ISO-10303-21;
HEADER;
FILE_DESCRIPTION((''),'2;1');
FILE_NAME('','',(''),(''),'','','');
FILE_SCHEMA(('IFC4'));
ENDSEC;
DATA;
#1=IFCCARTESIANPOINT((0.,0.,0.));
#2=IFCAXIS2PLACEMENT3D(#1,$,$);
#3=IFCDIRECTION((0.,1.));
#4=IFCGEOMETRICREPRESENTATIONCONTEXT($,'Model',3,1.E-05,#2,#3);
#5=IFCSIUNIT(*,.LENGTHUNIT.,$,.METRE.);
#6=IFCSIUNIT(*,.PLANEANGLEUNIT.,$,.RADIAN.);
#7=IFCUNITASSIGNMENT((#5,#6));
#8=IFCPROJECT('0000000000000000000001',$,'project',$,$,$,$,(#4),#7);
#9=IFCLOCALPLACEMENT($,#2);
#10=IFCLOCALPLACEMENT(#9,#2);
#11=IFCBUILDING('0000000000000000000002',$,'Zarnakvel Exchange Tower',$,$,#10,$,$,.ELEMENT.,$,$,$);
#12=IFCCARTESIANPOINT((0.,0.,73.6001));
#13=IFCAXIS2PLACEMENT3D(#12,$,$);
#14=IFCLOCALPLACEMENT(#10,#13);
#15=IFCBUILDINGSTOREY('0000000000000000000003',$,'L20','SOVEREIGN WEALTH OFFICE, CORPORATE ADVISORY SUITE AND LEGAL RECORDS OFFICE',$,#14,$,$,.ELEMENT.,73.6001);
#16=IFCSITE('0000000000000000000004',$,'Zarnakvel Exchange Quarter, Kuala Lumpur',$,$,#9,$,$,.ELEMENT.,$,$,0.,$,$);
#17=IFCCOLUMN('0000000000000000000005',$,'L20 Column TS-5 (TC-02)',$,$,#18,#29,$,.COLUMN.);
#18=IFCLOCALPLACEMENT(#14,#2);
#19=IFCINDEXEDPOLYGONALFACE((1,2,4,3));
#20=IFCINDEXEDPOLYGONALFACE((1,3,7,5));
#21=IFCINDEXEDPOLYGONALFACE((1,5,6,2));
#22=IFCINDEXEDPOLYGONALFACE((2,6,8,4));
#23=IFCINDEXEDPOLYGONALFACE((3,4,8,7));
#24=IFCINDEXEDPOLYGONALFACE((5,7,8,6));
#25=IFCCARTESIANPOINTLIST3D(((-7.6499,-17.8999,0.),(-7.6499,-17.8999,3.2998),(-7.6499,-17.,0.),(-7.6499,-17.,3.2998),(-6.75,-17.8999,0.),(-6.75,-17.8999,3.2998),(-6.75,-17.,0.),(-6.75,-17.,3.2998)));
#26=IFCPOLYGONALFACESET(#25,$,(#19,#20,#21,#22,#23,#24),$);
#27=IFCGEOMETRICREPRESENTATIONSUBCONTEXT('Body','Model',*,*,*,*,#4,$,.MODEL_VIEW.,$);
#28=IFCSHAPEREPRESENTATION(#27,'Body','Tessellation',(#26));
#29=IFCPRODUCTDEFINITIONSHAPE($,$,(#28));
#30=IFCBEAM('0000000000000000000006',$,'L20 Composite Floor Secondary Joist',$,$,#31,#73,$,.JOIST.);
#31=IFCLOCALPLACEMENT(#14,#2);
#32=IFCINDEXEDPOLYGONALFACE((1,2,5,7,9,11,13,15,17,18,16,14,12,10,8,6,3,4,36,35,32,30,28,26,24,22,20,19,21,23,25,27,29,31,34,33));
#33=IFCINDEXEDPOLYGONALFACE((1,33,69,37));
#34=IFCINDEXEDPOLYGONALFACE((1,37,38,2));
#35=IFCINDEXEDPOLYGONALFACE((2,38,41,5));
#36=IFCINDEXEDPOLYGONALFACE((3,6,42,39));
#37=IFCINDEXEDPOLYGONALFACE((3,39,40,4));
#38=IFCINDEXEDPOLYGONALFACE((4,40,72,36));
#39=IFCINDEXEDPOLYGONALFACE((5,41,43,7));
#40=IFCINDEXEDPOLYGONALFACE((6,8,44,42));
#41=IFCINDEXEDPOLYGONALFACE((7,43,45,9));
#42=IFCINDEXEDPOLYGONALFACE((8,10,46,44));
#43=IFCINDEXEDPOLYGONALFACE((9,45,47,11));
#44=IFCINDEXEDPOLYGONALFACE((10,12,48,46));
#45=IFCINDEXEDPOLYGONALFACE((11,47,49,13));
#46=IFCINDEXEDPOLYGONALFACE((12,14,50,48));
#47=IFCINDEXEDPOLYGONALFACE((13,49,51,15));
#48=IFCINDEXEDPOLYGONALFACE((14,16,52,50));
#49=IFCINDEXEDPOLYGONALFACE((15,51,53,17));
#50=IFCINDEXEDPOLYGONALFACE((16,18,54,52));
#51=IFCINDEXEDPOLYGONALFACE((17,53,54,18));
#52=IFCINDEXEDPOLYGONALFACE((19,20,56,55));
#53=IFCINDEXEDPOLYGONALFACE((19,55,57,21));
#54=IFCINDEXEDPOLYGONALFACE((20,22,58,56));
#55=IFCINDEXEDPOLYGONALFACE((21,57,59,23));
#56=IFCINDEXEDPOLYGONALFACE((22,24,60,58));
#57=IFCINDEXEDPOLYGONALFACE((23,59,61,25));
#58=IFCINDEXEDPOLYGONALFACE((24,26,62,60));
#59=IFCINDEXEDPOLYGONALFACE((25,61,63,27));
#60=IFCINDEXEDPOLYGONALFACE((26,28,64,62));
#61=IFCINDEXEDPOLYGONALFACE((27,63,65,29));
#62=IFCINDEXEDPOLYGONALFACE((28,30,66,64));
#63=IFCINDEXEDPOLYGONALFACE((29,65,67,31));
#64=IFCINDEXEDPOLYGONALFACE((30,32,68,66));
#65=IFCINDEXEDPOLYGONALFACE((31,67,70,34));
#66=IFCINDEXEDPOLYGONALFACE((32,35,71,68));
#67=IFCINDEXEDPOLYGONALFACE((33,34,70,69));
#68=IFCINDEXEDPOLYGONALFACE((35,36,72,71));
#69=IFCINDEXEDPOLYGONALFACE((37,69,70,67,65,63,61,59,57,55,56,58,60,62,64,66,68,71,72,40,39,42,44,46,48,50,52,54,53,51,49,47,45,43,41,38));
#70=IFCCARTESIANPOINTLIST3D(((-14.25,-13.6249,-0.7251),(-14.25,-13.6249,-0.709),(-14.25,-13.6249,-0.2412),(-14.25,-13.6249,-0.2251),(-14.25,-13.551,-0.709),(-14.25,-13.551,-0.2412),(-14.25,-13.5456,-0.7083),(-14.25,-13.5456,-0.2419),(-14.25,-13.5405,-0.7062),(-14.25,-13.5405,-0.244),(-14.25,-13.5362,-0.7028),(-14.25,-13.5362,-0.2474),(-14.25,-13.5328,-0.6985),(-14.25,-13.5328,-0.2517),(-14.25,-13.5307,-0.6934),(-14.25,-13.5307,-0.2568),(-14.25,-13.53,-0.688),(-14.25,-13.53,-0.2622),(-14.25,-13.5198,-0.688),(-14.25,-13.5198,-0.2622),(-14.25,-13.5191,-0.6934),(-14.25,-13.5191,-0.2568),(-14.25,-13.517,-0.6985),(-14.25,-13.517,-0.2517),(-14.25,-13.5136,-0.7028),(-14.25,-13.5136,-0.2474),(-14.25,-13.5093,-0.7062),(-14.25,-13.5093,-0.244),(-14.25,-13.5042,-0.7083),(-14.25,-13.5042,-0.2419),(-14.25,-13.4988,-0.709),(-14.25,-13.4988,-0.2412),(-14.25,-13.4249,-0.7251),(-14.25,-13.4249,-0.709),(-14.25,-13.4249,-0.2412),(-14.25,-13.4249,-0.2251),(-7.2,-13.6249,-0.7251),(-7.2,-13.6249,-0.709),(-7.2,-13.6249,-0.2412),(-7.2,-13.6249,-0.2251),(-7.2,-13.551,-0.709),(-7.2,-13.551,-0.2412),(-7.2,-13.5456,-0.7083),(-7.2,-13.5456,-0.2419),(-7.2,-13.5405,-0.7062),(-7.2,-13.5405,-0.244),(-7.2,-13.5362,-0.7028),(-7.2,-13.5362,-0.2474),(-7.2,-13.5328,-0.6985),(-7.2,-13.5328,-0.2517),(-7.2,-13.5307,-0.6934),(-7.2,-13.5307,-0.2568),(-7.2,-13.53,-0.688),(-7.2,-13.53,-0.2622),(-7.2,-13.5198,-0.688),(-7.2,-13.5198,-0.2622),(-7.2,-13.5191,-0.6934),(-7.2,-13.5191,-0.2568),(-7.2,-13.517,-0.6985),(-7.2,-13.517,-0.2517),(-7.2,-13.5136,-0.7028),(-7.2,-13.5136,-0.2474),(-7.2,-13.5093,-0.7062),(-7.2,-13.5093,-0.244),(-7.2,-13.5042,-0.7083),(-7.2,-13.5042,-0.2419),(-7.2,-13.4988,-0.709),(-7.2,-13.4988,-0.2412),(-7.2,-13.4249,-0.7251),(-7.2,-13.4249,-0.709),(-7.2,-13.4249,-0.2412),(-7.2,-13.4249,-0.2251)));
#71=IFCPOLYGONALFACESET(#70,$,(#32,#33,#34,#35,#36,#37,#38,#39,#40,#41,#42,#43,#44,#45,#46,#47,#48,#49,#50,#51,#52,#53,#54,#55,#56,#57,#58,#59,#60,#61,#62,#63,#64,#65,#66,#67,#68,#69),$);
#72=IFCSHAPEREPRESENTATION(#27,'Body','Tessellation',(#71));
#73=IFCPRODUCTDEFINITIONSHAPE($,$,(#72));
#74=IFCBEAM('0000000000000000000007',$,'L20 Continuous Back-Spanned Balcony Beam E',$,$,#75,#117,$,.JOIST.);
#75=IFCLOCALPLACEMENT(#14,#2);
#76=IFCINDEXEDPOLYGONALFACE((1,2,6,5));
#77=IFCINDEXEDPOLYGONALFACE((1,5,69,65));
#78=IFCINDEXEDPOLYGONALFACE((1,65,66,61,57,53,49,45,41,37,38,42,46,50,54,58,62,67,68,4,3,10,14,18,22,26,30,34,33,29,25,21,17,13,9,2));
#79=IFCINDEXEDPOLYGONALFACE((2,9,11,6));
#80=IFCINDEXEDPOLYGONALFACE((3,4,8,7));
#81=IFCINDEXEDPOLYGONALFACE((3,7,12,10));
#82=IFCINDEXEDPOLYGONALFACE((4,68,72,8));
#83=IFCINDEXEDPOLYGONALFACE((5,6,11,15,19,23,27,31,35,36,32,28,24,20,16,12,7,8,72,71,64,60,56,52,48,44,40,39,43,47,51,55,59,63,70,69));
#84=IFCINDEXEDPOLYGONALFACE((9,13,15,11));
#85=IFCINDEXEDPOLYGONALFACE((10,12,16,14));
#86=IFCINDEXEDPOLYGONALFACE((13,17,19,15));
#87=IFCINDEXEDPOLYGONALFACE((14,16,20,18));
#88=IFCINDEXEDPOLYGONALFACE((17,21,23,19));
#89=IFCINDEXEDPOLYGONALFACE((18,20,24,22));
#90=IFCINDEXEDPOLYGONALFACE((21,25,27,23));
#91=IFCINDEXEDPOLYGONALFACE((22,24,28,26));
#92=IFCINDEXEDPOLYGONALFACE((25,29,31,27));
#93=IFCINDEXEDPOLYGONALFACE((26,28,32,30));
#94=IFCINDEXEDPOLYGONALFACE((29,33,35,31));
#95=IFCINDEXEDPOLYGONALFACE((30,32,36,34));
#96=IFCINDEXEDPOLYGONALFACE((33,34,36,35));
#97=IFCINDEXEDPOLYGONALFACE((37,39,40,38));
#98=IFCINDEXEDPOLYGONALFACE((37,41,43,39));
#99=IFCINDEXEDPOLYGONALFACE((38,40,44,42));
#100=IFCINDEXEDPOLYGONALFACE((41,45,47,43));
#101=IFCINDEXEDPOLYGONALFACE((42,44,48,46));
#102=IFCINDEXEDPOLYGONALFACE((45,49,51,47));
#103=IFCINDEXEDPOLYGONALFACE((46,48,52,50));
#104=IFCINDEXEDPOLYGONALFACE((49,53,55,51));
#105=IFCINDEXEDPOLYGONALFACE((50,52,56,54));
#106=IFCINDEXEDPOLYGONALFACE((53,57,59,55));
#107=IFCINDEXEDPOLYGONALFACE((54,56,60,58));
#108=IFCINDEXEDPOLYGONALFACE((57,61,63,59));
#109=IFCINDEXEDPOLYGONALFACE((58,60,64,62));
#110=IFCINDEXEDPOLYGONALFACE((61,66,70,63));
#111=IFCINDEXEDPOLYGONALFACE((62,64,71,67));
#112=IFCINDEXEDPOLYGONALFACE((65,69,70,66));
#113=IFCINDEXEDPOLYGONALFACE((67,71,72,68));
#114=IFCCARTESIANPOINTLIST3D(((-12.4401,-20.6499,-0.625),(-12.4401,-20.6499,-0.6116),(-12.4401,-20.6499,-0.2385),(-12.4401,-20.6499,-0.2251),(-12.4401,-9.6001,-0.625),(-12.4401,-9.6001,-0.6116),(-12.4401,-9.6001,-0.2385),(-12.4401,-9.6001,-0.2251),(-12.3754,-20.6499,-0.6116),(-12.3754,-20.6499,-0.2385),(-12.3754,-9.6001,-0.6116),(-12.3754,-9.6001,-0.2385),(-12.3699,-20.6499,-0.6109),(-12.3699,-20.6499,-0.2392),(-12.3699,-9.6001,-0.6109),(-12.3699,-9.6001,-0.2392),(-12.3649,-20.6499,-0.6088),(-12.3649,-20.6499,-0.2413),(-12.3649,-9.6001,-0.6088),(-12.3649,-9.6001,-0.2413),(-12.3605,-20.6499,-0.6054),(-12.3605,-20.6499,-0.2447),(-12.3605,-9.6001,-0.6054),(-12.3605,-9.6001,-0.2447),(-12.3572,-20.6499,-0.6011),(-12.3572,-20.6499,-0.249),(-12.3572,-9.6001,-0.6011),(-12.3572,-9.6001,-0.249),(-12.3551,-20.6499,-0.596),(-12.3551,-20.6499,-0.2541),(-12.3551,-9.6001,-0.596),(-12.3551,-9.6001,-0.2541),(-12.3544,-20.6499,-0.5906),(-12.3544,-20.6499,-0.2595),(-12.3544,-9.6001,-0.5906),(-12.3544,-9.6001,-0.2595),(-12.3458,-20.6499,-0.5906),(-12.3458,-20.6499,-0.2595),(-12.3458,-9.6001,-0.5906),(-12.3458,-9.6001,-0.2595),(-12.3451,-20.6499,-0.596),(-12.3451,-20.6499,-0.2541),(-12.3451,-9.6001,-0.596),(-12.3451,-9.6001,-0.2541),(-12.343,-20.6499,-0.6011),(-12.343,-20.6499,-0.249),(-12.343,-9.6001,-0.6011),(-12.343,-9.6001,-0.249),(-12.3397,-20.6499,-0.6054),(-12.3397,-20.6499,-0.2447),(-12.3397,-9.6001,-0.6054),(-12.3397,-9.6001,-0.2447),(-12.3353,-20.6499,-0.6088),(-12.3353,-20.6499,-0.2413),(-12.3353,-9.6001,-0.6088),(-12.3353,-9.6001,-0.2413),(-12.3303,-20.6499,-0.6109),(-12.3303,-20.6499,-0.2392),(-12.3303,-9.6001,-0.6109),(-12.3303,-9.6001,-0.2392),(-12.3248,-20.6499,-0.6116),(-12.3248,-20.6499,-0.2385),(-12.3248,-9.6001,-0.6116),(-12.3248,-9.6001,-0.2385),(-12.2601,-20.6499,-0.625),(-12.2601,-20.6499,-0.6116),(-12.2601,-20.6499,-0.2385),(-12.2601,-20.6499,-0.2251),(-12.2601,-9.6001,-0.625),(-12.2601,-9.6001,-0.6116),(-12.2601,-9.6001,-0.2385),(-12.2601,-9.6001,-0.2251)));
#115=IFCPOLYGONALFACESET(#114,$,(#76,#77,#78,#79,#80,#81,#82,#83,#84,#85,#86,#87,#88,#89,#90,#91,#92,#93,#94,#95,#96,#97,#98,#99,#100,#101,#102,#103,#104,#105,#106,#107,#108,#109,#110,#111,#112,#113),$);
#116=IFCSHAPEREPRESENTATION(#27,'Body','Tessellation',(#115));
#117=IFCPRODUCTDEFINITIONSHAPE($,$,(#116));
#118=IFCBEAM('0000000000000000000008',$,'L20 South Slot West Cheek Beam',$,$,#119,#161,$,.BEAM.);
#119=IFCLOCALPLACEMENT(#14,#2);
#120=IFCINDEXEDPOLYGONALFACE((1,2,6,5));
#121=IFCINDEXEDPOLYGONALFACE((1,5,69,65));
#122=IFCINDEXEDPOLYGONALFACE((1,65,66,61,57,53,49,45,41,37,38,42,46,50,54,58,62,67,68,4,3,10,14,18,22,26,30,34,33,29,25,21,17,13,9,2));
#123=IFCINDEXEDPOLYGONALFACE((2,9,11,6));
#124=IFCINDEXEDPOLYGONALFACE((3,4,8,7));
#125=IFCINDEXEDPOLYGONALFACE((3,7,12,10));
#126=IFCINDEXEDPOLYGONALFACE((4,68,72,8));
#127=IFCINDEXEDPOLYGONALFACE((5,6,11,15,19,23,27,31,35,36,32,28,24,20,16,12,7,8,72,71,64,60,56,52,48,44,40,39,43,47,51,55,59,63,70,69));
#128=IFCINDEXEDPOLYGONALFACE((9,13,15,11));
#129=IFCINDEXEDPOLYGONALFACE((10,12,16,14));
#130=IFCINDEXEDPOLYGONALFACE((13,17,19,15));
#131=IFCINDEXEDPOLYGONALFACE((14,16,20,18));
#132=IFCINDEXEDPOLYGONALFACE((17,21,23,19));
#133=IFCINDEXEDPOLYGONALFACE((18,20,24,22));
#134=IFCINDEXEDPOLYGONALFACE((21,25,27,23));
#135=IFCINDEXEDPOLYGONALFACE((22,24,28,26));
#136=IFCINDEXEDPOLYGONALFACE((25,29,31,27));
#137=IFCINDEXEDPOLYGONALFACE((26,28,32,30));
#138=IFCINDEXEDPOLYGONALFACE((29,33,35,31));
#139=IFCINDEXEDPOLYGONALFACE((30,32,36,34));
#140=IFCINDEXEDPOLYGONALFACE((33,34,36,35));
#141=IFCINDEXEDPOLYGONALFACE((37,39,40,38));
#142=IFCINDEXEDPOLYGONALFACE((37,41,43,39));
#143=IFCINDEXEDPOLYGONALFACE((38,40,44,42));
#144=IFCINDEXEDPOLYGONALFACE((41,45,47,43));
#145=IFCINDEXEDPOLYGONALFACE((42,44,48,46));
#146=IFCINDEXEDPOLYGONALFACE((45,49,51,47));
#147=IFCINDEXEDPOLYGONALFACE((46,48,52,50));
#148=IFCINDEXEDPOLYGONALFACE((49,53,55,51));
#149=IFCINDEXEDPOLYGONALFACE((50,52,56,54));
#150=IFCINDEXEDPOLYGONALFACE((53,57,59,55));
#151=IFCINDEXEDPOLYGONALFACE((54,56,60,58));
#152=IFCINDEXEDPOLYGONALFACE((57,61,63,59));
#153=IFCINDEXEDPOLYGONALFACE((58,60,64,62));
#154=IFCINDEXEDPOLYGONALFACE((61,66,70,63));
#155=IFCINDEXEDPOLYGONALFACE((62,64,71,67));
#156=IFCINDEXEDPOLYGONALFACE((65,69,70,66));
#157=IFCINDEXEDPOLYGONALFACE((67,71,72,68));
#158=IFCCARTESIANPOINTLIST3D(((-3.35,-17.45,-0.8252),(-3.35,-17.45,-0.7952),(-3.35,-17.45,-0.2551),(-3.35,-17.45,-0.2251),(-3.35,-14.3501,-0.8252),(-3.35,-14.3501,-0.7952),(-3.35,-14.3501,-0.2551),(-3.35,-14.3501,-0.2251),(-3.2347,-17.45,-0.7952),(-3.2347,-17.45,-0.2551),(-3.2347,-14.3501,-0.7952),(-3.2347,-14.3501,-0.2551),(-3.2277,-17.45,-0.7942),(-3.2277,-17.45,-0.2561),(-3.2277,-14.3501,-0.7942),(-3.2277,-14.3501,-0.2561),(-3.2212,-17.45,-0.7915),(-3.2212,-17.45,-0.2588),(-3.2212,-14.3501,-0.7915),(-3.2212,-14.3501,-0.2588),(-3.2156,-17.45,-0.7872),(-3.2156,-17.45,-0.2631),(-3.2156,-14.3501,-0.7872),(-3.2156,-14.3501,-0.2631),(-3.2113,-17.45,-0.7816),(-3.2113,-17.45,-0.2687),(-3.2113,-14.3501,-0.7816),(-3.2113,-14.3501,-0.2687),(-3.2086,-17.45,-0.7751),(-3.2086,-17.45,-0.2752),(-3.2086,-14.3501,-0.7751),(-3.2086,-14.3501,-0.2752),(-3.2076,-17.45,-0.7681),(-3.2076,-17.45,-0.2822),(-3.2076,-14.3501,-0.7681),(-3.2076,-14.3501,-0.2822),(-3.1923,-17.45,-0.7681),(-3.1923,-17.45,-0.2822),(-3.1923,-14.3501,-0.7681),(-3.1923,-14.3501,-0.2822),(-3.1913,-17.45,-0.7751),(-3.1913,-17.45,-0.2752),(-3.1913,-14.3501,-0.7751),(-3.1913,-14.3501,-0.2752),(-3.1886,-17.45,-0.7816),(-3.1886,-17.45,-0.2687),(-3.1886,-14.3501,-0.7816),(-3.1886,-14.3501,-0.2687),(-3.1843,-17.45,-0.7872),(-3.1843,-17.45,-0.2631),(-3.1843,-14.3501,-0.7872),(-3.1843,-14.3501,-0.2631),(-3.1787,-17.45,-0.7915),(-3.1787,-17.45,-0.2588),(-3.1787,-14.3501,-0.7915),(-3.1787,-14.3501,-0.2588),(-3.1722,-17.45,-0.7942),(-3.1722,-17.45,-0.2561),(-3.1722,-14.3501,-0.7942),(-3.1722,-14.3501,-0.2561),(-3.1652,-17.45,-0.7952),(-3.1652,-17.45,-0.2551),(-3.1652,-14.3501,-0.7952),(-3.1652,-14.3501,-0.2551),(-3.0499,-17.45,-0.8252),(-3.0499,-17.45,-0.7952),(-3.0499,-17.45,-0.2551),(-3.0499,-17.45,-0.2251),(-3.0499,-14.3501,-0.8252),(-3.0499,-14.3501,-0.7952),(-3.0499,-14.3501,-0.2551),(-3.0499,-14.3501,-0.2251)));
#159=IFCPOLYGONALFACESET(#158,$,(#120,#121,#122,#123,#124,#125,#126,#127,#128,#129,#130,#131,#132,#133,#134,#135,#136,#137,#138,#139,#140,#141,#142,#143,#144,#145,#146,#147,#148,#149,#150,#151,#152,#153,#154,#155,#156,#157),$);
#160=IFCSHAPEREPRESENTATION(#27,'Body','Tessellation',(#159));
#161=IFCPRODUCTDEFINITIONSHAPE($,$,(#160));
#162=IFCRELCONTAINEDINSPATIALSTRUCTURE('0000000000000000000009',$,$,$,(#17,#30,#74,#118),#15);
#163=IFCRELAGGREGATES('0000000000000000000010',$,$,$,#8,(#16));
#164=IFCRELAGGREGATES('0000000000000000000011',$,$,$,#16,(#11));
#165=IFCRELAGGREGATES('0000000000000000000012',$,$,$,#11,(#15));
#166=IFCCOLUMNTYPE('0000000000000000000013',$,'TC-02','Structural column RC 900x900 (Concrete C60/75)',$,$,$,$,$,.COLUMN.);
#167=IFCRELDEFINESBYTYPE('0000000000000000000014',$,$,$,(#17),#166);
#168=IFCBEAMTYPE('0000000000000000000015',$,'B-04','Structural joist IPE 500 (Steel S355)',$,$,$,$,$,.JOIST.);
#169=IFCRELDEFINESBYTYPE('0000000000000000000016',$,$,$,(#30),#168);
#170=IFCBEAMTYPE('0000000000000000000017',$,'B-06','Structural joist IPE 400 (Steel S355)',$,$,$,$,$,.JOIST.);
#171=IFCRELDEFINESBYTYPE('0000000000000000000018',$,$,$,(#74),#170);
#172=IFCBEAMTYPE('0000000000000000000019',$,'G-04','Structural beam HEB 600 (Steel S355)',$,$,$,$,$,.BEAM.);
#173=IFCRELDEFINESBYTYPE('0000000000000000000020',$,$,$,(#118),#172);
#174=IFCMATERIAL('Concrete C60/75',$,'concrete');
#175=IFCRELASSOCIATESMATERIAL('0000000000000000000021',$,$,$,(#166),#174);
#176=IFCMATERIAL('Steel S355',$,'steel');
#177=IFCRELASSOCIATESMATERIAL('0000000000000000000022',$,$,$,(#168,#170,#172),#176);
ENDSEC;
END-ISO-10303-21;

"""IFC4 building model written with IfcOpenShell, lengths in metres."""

from ifc_helpers import new_model, si_unit, direction, frame, origin, origin_2d, place, context, subcontext, project, spatial, rectangle, i_section, extrude, material, material_profile, profile_set, type_object, element, save


model = new_model("IFC4")

# Units and contexts
model_context = context("Model", 3, precision=1e-05, world=origin(), true_north=direction((0.0, 1.0)))
body_context = subcontext(model_context, "Body", "Model", "MODEL_VIEW")
ifc_project = project(units=[si_unit("LENGTHUNIT", "METRE"), si_unit("PLANEANGLEUNIT", "RADIAN")], contexts=[model_context])

# Site, building, storey
site_placement = place(None, origin())
site = spatial("IfcSite", under=ifc_project, at=site_placement, Name="Zarnakvel Exchange Quarter, Kuala Lumpur", CompositionType="ELEMENT", RefElevation=0.0)
building_placement = place(site_placement, origin())
building = spatial("IfcBuilding", under=site, at=building_placement, Name="Zarnakvel Exchange Tower", CompositionType="ELEMENT")
storey_placement = place(building_placement, frame((0.0, 0.0, 73.6001)))
storey = spatial("IfcBuildingStorey", under=building, at=storey_placement, Name="L20", Description="SOVEREIGN WEALTH OFFICE, CORPORATE ADVISORY SUITE AND LEGAL RECORDS OFFICE", CompositionType="ELEMENT", Elevation=73.6001)

# Column
ifc_material_1 = material(Name="Concrete C60/75", Category="concrete")
ifc_material_profile_1 = material_profile(ifc_material_1, rectangle(XDim=0.8999, YDim=0.8999, at=origin_2d()))
ifc_profile_set_1 = profile_set([ifc_material_profile_1], Name="Concrete C60/75")
column_type = type_object("IfcColumnType", Name="TC-02", Description="Structural column RC 900x900 (Concrete C60/75)", PredefinedType="COLUMN", material=ifc_profile_set_1)
column_placement = place(storey_placement, frame((-7.2, -17.45, 0.0), z_axis=(0.0, 0.0, 1.0), x_axis=(1.0, 0.0, 0.0)))
element("IfcColumn", 1, at=column_placement, inside=storey, type_object=column_type, Name="L20 Column TS-5 (TC-02)", PredefinedType="COLUMN", context=body_context, shape_type="SweptSolid", body=[
    extrude(rectangle(XDim=0.8999, YDim=0.8999, at=origin_2d()), origin(), (0.0, 0.0, 1.0), 3.2998),
])

# Beams
ifc_material_2 = material(Name="Steel S355", Category="steel")
ifc_material_profile_2 = material_profile(ifc_material_2, i_section(OverallWidth=0.2, OverallDepth=0.5, WebThickness=0.0103, FlangeThickness=0.0161, FilletRadius=0.021, at=origin_2d()))
ifc_profile_set_2 = profile_set([ifc_material_profile_2], Name="Steel S355")
beam_type_1 = type_object("IfcBeamType", Name="B-04", Description="Structural joist IPE 500 (Steel S355)", PredefinedType="JOIST", material=ifc_profile_set_2)
beam_1_placement = place(storey_placement, frame((-14.25, -13.5249, -0.4751), z_axis=(1.0, 0.0, 0.0), x_axis=(0.0, 1.0, 0.0)))
element("IfcBeam", 2, at=beam_1_placement, inside=storey, type_object=beam_type_1, Name="L20 Composite Floor Secondary Joist", PredefinedType="JOIST", context=body_context, shape_type="SweptSolid", body=[
    extrude(i_section(OverallWidth=0.2, OverallDepth=0.5, WebThickness=0.0103, FlangeThickness=0.0161, FilletRadius=0.021, at=origin_2d()), origin(), (0.0, 0.0, 1.0), 7.05),
])
ifc_material_profile_3 = material_profile(ifc_material_2, i_section(OverallWidth=0.1799, OverallDepth=0.3999, WebThickness=0.0085, FlangeThickness=0.0134, FilletRadius=0.021, at=origin_2d()))
ifc_profile_set_3 = profile_set([ifc_material_profile_3], Name="Steel S355")
beam_type_2 = type_object("IfcBeamType", Name="B-06", Description="Structural joist IPE 400 (Steel S355)", PredefinedType="JOIST", material=ifc_profile_set_3)
beam_2_placement = place(storey_placement, frame((-12.3501, -9.6001, -0.425), z_axis=(0.0, -1.0, 0.0), x_axis=(1.0, 0.0, 0.0)))
element("IfcBeam", 3, at=beam_2_placement, inside=storey, type_object=beam_type_2, Name="L20 Continuous Back-Spanned Balcony Beam E", PredefinedType="JOIST", context=body_context, shape_type="SweptSolid", body=[
    extrude(i_section(OverallWidth=0.1799, OverallDepth=0.3999, WebThickness=0.0085, FlangeThickness=0.0134, FilletRadius=0.021, at=origin_2d()), origin(), (0.0, 0.0, 1.0), 11.0498),
])
ifc_material_profile_4 = material_profile(ifc_material_2, i_section(OverallWidth=0.3, OverallDepth=0.6001, WebThickness=0.0154, FlangeThickness=0.03, FilletRadius=0.0271, at=origin_2d()))
ifc_profile_set_4 = profile_set([ifc_material_profile_4], Name="Steel S355")
beam_type_3 = type_object("IfcBeamType", Name="G-04", Description="Structural beam HEB 600 (Steel S355)", PredefinedType="BEAM", material=ifc_profile_set_4)
beam_3_placement = place(storey_placement, frame((-3.2, -17.45, -0.5251), z_axis=(0.0, 1.0, 0.0), x_axis=(-1.0, 0.0, 0.0)))
element("IfcBeam", 4, at=beam_3_placement, inside=storey, type_object=beam_type_3, Name="L20 South Slot West Cheek Beam", PredefinedType="BEAM", context=body_context, shape_type="SweptSolid", body=[
    extrude(i_section(OverallWidth=0.3, OverallDepth=0.6001, WebThickness=0.0154, FlangeThickness=0.03, FilletRadius=0.0271, at=origin_2d()), origin(), (0.0, 0.0, 1.0), 3.0999),
])

save(model, "model.ifc")
